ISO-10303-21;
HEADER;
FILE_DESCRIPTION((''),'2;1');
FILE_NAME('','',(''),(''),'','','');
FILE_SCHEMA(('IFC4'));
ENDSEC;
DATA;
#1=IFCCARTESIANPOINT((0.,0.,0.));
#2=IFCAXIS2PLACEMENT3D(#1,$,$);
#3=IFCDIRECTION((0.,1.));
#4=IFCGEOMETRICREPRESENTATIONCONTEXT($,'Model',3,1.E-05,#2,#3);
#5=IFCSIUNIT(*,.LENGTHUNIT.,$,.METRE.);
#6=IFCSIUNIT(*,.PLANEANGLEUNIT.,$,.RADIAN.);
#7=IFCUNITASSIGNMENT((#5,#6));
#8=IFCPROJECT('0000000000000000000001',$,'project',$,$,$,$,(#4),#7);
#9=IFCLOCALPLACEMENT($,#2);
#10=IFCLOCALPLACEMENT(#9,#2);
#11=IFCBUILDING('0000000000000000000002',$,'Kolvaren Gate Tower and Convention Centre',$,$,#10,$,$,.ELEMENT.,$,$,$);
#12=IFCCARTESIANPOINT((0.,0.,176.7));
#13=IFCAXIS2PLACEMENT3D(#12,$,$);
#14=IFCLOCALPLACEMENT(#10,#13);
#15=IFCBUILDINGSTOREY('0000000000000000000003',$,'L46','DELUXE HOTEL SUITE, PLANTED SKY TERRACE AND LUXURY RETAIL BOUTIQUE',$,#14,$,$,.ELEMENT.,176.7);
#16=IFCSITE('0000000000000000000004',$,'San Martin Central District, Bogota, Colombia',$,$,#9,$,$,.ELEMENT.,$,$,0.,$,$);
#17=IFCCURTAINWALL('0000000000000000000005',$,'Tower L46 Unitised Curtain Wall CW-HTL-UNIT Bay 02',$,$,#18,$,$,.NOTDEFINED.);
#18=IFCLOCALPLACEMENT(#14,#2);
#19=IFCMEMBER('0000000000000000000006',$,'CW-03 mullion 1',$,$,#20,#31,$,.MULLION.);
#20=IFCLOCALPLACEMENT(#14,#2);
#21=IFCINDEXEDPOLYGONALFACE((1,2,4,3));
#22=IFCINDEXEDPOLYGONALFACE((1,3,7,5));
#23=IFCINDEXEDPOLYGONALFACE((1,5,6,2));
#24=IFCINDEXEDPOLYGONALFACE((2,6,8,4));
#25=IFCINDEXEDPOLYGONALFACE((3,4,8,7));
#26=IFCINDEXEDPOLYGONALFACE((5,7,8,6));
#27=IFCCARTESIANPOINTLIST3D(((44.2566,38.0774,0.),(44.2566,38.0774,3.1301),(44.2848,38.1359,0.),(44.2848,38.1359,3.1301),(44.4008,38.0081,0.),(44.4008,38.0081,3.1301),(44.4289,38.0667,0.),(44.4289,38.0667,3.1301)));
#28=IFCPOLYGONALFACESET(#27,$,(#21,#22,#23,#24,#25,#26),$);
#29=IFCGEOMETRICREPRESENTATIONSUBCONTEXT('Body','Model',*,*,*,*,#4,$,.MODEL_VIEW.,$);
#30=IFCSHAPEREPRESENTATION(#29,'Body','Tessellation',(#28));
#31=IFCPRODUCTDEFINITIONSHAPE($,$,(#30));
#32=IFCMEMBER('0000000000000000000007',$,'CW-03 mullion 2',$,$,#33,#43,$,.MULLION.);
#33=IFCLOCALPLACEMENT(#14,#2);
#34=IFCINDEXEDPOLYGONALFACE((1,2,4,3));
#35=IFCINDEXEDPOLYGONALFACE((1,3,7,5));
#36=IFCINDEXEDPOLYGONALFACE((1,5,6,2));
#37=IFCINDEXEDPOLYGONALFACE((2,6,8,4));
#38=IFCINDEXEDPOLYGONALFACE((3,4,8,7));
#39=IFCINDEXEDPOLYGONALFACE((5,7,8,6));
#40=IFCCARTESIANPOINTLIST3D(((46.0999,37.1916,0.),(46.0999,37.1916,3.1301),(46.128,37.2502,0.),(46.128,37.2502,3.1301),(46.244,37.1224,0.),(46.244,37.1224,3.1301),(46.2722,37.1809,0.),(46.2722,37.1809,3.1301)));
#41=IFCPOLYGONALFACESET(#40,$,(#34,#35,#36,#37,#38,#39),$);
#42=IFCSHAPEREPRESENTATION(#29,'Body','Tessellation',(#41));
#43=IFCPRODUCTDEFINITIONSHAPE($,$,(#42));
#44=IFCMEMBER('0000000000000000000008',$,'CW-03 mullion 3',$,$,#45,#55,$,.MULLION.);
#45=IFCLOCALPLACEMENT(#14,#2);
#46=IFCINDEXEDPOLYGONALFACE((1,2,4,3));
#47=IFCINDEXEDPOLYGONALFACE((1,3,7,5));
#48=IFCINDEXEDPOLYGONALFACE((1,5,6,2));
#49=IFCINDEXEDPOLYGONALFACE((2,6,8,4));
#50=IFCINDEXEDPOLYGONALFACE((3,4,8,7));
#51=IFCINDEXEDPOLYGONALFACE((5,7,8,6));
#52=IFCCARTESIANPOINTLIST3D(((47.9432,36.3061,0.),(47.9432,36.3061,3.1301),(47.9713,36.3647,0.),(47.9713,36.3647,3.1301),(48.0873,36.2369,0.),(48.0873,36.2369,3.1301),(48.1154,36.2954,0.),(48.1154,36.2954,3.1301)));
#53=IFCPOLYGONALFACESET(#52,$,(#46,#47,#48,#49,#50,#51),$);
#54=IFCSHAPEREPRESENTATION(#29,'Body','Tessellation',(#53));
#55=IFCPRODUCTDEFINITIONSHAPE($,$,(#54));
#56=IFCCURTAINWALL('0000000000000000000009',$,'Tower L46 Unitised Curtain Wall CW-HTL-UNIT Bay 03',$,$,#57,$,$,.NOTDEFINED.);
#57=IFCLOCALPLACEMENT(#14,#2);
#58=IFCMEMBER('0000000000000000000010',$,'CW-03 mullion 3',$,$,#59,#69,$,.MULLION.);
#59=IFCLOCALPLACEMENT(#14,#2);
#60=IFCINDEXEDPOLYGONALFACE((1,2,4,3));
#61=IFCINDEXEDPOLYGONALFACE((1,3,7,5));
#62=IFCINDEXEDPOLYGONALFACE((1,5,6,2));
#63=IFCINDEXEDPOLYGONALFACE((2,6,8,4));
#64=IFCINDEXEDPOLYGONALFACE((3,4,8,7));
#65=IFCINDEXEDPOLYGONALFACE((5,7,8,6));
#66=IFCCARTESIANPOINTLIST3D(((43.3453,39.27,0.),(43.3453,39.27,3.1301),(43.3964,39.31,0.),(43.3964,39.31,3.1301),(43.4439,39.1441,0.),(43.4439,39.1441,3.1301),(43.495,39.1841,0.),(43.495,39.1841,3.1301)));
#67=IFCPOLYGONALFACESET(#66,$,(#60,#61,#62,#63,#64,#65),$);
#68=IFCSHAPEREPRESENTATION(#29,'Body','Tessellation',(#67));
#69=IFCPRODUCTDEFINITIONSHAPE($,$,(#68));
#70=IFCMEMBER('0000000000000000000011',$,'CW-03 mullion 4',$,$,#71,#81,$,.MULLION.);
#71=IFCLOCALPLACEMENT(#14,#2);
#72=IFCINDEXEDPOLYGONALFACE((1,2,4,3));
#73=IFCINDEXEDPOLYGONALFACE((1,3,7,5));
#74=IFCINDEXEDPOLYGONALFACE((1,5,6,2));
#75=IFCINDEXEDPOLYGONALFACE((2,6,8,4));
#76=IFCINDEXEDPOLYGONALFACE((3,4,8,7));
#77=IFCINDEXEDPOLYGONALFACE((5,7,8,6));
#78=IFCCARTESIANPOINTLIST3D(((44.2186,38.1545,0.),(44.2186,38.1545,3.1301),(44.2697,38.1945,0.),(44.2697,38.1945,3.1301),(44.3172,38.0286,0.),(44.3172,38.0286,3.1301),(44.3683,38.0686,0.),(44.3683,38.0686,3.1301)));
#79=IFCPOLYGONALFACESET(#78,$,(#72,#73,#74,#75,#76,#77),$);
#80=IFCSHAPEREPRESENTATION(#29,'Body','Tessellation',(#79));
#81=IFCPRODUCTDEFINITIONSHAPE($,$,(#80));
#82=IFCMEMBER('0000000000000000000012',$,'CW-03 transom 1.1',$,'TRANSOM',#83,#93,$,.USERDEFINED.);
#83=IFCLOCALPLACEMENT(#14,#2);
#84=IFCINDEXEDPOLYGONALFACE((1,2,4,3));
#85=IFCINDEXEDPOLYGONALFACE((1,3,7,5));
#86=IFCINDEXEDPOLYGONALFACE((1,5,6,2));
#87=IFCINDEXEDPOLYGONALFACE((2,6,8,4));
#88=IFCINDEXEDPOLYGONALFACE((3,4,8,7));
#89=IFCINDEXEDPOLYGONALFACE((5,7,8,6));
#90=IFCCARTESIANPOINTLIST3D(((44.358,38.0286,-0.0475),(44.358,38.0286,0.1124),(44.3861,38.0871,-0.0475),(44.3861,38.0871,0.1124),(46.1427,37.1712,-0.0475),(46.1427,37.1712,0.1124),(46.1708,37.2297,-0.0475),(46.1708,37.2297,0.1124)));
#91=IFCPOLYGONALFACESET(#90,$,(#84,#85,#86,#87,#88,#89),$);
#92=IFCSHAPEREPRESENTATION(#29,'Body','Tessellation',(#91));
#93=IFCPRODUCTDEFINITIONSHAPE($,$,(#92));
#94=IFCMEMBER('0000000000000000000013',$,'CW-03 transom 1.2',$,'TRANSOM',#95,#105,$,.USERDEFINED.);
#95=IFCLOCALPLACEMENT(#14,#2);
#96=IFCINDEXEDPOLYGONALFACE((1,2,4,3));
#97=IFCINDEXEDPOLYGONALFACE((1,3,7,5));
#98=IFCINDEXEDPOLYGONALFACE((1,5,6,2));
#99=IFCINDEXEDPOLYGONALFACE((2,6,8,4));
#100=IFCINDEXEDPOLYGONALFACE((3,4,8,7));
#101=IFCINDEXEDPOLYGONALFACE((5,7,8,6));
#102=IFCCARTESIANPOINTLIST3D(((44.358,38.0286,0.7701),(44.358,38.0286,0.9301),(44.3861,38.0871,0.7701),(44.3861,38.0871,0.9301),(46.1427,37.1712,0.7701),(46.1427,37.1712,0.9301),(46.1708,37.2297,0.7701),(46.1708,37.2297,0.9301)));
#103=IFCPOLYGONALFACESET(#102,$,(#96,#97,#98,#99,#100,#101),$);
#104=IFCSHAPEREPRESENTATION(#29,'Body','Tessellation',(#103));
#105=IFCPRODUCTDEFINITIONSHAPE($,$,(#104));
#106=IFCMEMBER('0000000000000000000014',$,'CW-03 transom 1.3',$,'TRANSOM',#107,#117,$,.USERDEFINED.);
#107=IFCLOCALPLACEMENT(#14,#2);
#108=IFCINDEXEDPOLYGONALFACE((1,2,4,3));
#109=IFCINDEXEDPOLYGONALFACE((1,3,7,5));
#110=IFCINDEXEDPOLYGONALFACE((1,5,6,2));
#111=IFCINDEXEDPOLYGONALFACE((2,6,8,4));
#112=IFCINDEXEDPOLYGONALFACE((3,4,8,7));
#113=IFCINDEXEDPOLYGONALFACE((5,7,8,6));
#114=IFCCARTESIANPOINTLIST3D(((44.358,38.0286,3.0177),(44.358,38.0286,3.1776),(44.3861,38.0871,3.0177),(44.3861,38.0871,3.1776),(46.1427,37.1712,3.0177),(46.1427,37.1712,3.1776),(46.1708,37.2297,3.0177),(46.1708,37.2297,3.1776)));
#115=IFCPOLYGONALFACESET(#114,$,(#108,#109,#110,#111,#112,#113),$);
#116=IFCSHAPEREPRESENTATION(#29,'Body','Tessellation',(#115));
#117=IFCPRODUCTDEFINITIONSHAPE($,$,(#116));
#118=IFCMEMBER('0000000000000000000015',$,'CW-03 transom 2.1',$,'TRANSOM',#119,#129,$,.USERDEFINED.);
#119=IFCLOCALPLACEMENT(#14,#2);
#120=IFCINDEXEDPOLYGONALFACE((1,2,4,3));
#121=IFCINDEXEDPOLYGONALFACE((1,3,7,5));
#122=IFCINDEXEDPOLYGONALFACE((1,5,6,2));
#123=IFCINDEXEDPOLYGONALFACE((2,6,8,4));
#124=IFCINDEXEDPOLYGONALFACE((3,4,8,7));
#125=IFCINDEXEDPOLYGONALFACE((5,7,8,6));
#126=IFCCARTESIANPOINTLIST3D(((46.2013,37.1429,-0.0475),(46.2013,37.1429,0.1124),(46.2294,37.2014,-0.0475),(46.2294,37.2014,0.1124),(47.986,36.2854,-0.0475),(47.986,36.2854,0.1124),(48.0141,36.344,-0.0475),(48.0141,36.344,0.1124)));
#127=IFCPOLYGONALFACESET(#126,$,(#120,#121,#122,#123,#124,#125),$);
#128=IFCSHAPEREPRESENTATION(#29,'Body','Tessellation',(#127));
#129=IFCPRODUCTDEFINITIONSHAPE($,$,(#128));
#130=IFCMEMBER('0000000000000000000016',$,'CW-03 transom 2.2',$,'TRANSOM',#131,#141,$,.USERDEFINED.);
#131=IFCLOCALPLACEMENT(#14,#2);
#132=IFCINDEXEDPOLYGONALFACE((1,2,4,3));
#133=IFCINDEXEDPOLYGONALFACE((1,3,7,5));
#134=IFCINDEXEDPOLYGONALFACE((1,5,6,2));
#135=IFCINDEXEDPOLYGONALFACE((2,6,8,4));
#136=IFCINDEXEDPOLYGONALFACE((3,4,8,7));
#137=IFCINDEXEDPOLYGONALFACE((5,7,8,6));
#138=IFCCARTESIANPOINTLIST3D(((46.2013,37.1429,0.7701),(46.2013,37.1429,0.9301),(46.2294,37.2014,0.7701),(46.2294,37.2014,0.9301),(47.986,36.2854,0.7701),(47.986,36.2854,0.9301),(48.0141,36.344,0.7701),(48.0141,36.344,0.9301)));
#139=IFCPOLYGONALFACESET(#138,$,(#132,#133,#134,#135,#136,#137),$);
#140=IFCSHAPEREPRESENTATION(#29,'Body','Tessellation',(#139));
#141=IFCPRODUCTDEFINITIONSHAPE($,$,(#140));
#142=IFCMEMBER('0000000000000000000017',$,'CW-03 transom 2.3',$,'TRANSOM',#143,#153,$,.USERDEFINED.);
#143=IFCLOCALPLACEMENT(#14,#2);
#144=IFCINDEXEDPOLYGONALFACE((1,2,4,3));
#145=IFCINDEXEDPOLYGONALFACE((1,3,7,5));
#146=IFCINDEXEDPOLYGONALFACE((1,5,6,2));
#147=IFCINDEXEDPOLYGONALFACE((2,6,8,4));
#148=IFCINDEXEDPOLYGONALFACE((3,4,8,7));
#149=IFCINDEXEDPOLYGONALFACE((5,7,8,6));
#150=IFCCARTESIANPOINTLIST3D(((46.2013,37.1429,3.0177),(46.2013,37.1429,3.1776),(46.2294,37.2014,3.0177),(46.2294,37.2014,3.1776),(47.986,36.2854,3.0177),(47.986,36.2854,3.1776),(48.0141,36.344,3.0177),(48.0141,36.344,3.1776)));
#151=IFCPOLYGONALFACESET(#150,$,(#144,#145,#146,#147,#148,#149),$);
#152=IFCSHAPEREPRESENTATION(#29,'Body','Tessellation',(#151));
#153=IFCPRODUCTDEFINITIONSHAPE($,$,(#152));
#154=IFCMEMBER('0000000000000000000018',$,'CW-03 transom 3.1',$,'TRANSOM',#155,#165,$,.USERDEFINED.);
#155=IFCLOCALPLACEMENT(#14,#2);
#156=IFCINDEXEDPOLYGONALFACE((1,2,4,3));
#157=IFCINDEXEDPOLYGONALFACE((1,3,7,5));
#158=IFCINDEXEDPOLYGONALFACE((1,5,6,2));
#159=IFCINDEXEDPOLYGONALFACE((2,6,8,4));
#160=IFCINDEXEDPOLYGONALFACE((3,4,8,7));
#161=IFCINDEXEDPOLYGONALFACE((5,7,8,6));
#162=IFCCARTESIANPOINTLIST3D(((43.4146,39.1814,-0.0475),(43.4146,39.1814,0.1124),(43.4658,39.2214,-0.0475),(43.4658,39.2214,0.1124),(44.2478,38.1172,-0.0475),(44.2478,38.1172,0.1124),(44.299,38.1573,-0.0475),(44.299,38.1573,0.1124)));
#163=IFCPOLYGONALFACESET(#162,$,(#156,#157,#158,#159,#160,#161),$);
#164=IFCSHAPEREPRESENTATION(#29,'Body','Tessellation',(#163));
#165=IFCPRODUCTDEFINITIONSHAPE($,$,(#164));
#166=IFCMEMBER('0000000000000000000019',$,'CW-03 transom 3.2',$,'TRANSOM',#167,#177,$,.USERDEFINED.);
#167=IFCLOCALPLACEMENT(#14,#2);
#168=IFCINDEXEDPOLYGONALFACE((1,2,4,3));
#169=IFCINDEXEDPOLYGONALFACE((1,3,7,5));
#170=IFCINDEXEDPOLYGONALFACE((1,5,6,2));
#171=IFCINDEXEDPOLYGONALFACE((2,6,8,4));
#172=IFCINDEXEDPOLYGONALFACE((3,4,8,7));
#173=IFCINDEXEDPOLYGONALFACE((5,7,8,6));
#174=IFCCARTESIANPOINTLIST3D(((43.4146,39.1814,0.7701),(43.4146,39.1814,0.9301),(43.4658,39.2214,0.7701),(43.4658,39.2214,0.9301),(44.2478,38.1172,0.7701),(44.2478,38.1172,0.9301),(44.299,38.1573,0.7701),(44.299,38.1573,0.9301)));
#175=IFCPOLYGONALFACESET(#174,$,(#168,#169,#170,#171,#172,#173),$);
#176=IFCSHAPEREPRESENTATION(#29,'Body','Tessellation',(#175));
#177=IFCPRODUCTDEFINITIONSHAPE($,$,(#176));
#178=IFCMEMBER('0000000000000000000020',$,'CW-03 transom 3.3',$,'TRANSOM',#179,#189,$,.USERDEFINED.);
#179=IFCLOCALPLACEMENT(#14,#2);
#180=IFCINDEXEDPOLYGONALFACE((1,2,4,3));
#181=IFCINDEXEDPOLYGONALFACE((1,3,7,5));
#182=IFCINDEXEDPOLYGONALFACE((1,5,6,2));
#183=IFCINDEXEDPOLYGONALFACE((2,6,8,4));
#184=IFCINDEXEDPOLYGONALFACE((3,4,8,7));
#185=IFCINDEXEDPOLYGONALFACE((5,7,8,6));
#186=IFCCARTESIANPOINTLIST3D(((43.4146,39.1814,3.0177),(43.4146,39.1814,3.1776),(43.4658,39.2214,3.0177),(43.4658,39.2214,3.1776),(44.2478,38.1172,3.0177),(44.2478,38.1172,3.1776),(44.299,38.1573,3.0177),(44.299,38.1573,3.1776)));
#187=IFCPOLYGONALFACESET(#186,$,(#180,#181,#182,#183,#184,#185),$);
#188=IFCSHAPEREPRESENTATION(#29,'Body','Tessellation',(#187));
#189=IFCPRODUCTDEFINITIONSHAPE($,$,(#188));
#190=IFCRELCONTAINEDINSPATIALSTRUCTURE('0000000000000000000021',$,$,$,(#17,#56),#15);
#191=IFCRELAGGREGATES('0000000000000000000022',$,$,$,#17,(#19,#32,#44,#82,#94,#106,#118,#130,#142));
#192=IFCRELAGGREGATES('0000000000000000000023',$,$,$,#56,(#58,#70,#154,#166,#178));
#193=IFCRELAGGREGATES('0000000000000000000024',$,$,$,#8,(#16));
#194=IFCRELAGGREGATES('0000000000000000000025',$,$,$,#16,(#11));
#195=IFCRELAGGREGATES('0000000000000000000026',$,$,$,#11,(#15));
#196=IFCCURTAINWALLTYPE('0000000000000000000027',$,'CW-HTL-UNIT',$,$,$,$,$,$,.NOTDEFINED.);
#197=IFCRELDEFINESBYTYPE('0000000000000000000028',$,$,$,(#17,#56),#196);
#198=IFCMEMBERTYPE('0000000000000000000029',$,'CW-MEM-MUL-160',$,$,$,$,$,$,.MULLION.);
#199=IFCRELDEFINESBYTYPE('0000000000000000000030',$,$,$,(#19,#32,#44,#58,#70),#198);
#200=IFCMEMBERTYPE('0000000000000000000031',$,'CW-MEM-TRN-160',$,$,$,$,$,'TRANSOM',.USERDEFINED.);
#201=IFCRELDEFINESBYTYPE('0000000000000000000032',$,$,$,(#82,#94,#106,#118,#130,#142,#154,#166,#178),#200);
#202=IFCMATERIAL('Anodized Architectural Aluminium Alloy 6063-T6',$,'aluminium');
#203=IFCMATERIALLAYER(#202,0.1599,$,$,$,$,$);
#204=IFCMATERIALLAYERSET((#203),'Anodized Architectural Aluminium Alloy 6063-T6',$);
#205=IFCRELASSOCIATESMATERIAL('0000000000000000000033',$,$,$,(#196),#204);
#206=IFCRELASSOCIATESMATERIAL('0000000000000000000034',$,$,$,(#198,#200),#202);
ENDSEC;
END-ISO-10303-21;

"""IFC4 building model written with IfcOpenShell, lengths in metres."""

from ifc_helpers import new_model, si_unit, direction, frame, origin, origin_2d, place, context, subcontext, project, spatial, rectangle, extrude, material, layer, layer_set, material_profile, profile_set, type_object, element, aggregate, save


model = new_model("IFC4")

# Units and contexts
model_context = context("Model", 3, precision=1e-05, world=origin(), true_north=direction((0.0, 1.0)))
body_context = subcontext(model_context, "Body", "Model", "MODEL_VIEW")
ifc_project = project(units=[si_unit("LENGTHUNIT", "METRE"), si_unit("PLANEANGLEUNIT", "RADIAN")], contexts=[model_context])

# Site, building, storey
site_placement = place(None, origin())
site = spatial("IfcSite", under=ifc_project, at=site_placement, Name="San Martin Central District, Bogota, Colombia", CompositionType="ELEMENT", RefElevation=0.0)
building_placement = place(site_placement, origin())
building = spatial("IfcBuilding", under=site, at=building_placement, Name="Kolvaren Gate Tower and Convention Centre", CompositionType="ELEMENT")
storey_placement = place(building_placement, frame((0.0, 0.0, 176.7)))
storey = spatial("IfcBuildingStorey", under=building, at=storey_placement, Name="L46", Description="DELUXE HOTEL SUITE, PLANTED SKY TERRACE AND LUXURY RETAIL BOUTIQUE", CompositionType="ELEMENT", Elevation=176.7)

# Curtain walls, members
ifc_material_1 = material(Name="Anodized Architectural Aluminium Alloy 6063-T6", Category="aluminium")
ifc_layer_1 = layer(ifc_material_1, 0.1599)
ifc_layer_set_1 = layer_set([ifc_layer_1], Name="Anodized Architectural Aluminium Alloy 6063-T6")
curtain_wall_type = type_object("IfcCurtainWallType", Name="CW-HTL-UNIT", PredefinedType="NOTDEFINED", material=ifc_layer_set_1)
curtain_wall_1_placement = place(storey_placement, origin())
curtain_wall_1 = element("IfcCurtainWall", 1, at=curtain_wall_1_placement, inside=storey, type_object=curtain_wall_type, Name="Tower L46 Unitised Curtain Wall CW-HTL-UNIT Bay 02", PredefinedType="NOTDEFINED")
ifc_material_profile_1 = material_profile(ifc_material_1, rectangle(XDim=0.0649, YDim=0.1599, at=origin_2d()), Name="CW-MEM-MUL-160")
ifc_profile_set_1 = profile_set([ifc_material_profile_1], Name="Anodized Architectural Aluminium Alloy 6063-T6")
member_type_1 = type_object("IfcMemberType", Name="CW-MEM-MUL-160", PredefinedType="MULLION", material=ifc_profile_set_1)
member_1_placement = place(storey_placement, frame((44.3428, 38.072, 0.0), z_axis=(0.0, 0.0, 1.0), x_axis=(0.433074, 0.901358, 0.0)))
member_1 = element("IfcMember", 2, at=member_1_placement, type_object=member_type_1, Name="CW-03 mullion 1", PredefinedType="MULLION", context=body_context, shape_type="SweptSolid", body=[
    extrude(rectangle(XDim=0.0649, YDim=0.1599, at=origin_2d()), origin(), (0.0, 0.0, 1.0), 3.1301),
])
member_2_placement = place(storey_placement, frame((46.186, 37.1863, 0.0), z_axis=(0.0, 0.0, 1.0), x_axis=(0.433074, 0.901358, 0.0)))
member_2 = element("IfcMember", 3, at=member_2_placement, type_object=member_type_1, Name="CW-03 mullion 2", PredefinedType="MULLION", context=body_context, shape_type="SweptSolid", body=[
    extrude(rectangle(XDim=0.0649, YDim=0.1599, at=origin_2d()), origin(), (0.0, 0.0, 1.0), 3.1301),
])
member_3_placement = place(storey_placement, frame((48.0293, 36.3008, 0.0), z_axis=(0.0, 0.0, 1.0), x_axis=(0.433074, 0.901358, 0.0)))
member_3 = element("IfcMember", 4, at=member_3_placement, type_object=member_type_1, Name="CW-03 mullion 3", PredefinedType="MULLION", context=body_context, shape_type="SweptSolid", body=[
    extrude(rectangle(XDim=0.0649, YDim=0.1599, at=origin_2d()), origin(), (0.0, 0.0, 1.0), 3.1301),
])
curtain_wall_2_placement = place(storey_placement, origin())
curtain_wall_2 = element("IfcCurtainWall", 5, at=curtain_wall_2_placement, inside=storey, type_object=curtain_wall_type, Name="Tower L46 Unitised Curtain Wall CW-HTL-UNIT Bay 03", PredefinedType="NOTDEFINED")
member_4_placement = place(storey_placement, frame((43.4202, 39.2271, 0.0), z_axis=(0.0, 0.0, 1.0), x_axis=(0.787404, 0.616438, 0.0)))
member_4 = element("IfcMember", 6, at=member_4_placement, type_object=member_type_1, Name="CW-03 mullion 3", PredefinedType="MULLION", context=body_context, shape_type="SweptSolid", body=[
    extrude(rectangle(XDim=0.0649, YDim=0.1599, at=origin_2d()), origin(), (0.0, 0.0, 1.0), 3.1301),
])
member_5_placement = place(storey_placement, frame((44.2935, 38.1116, 0.0), z_axis=(0.0, 0.0, 1.0), x_axis=(0.787404, 0.616438, 0.0)))
member_5 = element("IfcMember", 7, at=member_5_placement, type_object=member_type_1, Name="CW-03 mullion 4", PredefinedType="MULLION", context=body_context, shape_type="SweptSolid", body=[
    extrude(rectangle(XDim=0.0649, YDim=0.1599, at=origin_2d()), origin(), (0.0, 0.0, 1.0), 3.1301),
])

# Members
ifc_material_profile_2 = material_profile(ifc_material_1, rectangle(XDim=0.0649, YDim=0.1599, at=origin_2d()), Name="CW-MEM-TRN-160")
ifc_profile_set_2 = profile_set([ifc_material_profile_2], Name="Anodized Architectural Aluminium Alloy 6063-T6")
member_type_2 = type_object("IfcMemberType", Name="CW-MEM-TRN-160", ElementType="TRANSOM", PredefinedType="USERDEFINED", material=ifc_profile_set_2)
member_6_placement = place(storey_placement, frame((44.3721, 38.0579, 0.0325), z_axis=(0.901369, -0.433052, 0.0), x_axis=(0.433052, 0.901369, 0.0)))
member_6 = element("IfcMember", 8, at=member_6_placement, type_object=member_type_2, Name="CW-03 transom 1.1", ObjectType="TRANSOM", PredefinedType="USERDEFINED", context=body_context, shape_type="SweptSolid", body=[
    extrude(rectangle(XDim=0.0649, YDim=0.1599, at=origin_2d()), origin(), (0.0, 0.0, 1.0), 1.98),
])
member_7_placement = place(storey_placement, frame((44.3721, 38.0579, 0.8501), z_axis=(0.901369, -0.433052, 0.0), x_axis=(0.433052, 0.901369, 0.0)))
member_7 = element("IfcMember", 9, at=member_7_placement, type_object=member_type_2, Name="CW-03 transom 1.2", ObjectType="TRANSOM", PredefinedType="USERDEFINED", context=body_context, shape_type="SweptSolid", body=[
    extrude(rectangle(XDim=0.0649, YDim=0.1599, at=origin_2d()), origin(), (0.0, 0.0, 1.0), 1.98),
])
member_8_placement = place(storey_placement, frame((44.3721, 38.0579, 3.0977), z_axis=(0.901369, -0.433052, 0.0), x_axis=(0.433052, 0.901369, 0.0)))
member_8 = element("IfcMember", 10, at=member_8_placement, type_object=member_type_2, Name="CW-03 transom 1.3", ObjectType="TRANSOM", PredefinedType="USERDEFINED", context=body_context, shape_type="SweptSolid", body=[
    extrude(rectangle(XDim=0.0649, YDim=0.1599, at=origin_2d()), origin(), (0.0, 0.0, 1.0), 1.98),
])
member_9_placement = place(storey_placement, frame((46.2153, 37.1721, 0.0325), z_axis=(0.901369, -0.433052, 0.0), x_axis=(0.433052, 0.901369, 0.0)))
member_9 = element("IfcMember", 11, at=member_9_placement, type_object=member_type_2, Name="CW-03 transom 2.1", ObjectType="TRANSOM", PredefinedType="USERDEFINED", context=body_context, shape_type="SweptSolid", body=[
    extrude(rectangle(XDim=0.0649, YDim=0.1599, at=origin_2d()), origin(), (0.0, 0.0, 1.0), 1.98),
])
member_10_placement = place(storey_placement, frame((46.2153, 37.1721, 0.8501), z_axis=(0.901369, -0.433052, 0.0), x_axis=(0.433052, 0.901369, 0.0)))
member_10 = element("IfcMember", 12, at=member_10_placement, type_object=member_type_2, Name="CW-03 transom 2.2", ObjectType="TRANSOM", PredefinedType="USERDEFINED", context=body_context, shape_type="SweptSolid", body=[
    extrude(rectangle(XDim=0.0649, YDim=0.1599, at=origin_2d()), origin(), (0.0, 0.0, 1.0), 1.98),
])
member_11_placement = place(storey_placement, frame((46.2153, 37.1721, 3.0977), z_axis=(0.901369, -0.433052, 0.0), x_axis=(0.433052, 0.901369, 0.0)))
member_11 = element("IfcMember", 13, at=member_11_placement, type_object=member_type_2, Name="CW-03 transom 2.3", ObjectType="TRANSOM", PredefinedType="USERDEFINED", context=body_context, shape_type="SweptSolid", body=[
    extrude(rectangle(XDim=0.0649, YDim=0.1599, at=origin_2d()), origin(), (0.0, 0.0, 1.0), 1.98),
])
member_12_placement = place(storey_placement, frame((43.4402, 39.2014, 0.0325), z_axis=(0.616488, -0.787364, 0.0), x_axis=(0.787364, 0.616488, 0.0)))
member_12 = element("IfcMember", 14, at=member_12_placement, type_object=member_type_2, Name="CW-03 transom 3.1", ObjectType="TRANSOM", PredefinedType="USERDEFINED", context=body_context, shape_type="SweptSolid", body=[
    extrude(rectangle(XDim=0.0649, YDim=0.1599, at=origin_2d()), origin(), (0.0, 0.0, 1.0), 1.3516),
])
member_13_placement = place(storey_placement, frame((43.4402, 39.2014, 0.8501), z_axis=(0.616488, -0.787364, 0.0), x_axis=(0.787364, 0.616488, 0.0)))
member_13 = element("IfcMember", 15, at=member_13_placement, type_object=member_type_2, Name="CW-03 transom 3.2", ObjectType="TRANSOM", PredefinedType="USERDEFINED", context=body_context, shape_type="SweptSolid", body=[
    extrude(rectangle(XDim=0.0649, YDim=0.1599, at=origin_2d()), origin(), (0.0, 0.0, 1.0), 1.3516),
])
member_14_placement = place(storey_placement, frame((43.4402, 39.2014, 3.0977), z_axis=(0.616488, -0.787364, 0.0), x_axis=(0.787364, 0.616488, 0.0)))
member_14 = element("IfcMember", 16, at=member_14_placement, type_object=member_type_2, Name="CW-03 transom 3.3", ObjectType="TRANSOM", PredefinedType="USERDEFINED", context=body_context, shape_type="SweptSolid", body=[
    extrude(rectangle(XDim=0.0649, YDim=0.1599, at=origin_2d()), origin(), (0.0, 0.0, 1.0), 1.3516),
])

aggregate(curtain_wall_1, [member_1, member_2, member_3, member_6, member_7, member_8, member_9, member_10, member_11])
aggregate(curtain_wall_2, [member_4, member_5, member_12, member_13, member_14])

save(model, "model.ifc")
